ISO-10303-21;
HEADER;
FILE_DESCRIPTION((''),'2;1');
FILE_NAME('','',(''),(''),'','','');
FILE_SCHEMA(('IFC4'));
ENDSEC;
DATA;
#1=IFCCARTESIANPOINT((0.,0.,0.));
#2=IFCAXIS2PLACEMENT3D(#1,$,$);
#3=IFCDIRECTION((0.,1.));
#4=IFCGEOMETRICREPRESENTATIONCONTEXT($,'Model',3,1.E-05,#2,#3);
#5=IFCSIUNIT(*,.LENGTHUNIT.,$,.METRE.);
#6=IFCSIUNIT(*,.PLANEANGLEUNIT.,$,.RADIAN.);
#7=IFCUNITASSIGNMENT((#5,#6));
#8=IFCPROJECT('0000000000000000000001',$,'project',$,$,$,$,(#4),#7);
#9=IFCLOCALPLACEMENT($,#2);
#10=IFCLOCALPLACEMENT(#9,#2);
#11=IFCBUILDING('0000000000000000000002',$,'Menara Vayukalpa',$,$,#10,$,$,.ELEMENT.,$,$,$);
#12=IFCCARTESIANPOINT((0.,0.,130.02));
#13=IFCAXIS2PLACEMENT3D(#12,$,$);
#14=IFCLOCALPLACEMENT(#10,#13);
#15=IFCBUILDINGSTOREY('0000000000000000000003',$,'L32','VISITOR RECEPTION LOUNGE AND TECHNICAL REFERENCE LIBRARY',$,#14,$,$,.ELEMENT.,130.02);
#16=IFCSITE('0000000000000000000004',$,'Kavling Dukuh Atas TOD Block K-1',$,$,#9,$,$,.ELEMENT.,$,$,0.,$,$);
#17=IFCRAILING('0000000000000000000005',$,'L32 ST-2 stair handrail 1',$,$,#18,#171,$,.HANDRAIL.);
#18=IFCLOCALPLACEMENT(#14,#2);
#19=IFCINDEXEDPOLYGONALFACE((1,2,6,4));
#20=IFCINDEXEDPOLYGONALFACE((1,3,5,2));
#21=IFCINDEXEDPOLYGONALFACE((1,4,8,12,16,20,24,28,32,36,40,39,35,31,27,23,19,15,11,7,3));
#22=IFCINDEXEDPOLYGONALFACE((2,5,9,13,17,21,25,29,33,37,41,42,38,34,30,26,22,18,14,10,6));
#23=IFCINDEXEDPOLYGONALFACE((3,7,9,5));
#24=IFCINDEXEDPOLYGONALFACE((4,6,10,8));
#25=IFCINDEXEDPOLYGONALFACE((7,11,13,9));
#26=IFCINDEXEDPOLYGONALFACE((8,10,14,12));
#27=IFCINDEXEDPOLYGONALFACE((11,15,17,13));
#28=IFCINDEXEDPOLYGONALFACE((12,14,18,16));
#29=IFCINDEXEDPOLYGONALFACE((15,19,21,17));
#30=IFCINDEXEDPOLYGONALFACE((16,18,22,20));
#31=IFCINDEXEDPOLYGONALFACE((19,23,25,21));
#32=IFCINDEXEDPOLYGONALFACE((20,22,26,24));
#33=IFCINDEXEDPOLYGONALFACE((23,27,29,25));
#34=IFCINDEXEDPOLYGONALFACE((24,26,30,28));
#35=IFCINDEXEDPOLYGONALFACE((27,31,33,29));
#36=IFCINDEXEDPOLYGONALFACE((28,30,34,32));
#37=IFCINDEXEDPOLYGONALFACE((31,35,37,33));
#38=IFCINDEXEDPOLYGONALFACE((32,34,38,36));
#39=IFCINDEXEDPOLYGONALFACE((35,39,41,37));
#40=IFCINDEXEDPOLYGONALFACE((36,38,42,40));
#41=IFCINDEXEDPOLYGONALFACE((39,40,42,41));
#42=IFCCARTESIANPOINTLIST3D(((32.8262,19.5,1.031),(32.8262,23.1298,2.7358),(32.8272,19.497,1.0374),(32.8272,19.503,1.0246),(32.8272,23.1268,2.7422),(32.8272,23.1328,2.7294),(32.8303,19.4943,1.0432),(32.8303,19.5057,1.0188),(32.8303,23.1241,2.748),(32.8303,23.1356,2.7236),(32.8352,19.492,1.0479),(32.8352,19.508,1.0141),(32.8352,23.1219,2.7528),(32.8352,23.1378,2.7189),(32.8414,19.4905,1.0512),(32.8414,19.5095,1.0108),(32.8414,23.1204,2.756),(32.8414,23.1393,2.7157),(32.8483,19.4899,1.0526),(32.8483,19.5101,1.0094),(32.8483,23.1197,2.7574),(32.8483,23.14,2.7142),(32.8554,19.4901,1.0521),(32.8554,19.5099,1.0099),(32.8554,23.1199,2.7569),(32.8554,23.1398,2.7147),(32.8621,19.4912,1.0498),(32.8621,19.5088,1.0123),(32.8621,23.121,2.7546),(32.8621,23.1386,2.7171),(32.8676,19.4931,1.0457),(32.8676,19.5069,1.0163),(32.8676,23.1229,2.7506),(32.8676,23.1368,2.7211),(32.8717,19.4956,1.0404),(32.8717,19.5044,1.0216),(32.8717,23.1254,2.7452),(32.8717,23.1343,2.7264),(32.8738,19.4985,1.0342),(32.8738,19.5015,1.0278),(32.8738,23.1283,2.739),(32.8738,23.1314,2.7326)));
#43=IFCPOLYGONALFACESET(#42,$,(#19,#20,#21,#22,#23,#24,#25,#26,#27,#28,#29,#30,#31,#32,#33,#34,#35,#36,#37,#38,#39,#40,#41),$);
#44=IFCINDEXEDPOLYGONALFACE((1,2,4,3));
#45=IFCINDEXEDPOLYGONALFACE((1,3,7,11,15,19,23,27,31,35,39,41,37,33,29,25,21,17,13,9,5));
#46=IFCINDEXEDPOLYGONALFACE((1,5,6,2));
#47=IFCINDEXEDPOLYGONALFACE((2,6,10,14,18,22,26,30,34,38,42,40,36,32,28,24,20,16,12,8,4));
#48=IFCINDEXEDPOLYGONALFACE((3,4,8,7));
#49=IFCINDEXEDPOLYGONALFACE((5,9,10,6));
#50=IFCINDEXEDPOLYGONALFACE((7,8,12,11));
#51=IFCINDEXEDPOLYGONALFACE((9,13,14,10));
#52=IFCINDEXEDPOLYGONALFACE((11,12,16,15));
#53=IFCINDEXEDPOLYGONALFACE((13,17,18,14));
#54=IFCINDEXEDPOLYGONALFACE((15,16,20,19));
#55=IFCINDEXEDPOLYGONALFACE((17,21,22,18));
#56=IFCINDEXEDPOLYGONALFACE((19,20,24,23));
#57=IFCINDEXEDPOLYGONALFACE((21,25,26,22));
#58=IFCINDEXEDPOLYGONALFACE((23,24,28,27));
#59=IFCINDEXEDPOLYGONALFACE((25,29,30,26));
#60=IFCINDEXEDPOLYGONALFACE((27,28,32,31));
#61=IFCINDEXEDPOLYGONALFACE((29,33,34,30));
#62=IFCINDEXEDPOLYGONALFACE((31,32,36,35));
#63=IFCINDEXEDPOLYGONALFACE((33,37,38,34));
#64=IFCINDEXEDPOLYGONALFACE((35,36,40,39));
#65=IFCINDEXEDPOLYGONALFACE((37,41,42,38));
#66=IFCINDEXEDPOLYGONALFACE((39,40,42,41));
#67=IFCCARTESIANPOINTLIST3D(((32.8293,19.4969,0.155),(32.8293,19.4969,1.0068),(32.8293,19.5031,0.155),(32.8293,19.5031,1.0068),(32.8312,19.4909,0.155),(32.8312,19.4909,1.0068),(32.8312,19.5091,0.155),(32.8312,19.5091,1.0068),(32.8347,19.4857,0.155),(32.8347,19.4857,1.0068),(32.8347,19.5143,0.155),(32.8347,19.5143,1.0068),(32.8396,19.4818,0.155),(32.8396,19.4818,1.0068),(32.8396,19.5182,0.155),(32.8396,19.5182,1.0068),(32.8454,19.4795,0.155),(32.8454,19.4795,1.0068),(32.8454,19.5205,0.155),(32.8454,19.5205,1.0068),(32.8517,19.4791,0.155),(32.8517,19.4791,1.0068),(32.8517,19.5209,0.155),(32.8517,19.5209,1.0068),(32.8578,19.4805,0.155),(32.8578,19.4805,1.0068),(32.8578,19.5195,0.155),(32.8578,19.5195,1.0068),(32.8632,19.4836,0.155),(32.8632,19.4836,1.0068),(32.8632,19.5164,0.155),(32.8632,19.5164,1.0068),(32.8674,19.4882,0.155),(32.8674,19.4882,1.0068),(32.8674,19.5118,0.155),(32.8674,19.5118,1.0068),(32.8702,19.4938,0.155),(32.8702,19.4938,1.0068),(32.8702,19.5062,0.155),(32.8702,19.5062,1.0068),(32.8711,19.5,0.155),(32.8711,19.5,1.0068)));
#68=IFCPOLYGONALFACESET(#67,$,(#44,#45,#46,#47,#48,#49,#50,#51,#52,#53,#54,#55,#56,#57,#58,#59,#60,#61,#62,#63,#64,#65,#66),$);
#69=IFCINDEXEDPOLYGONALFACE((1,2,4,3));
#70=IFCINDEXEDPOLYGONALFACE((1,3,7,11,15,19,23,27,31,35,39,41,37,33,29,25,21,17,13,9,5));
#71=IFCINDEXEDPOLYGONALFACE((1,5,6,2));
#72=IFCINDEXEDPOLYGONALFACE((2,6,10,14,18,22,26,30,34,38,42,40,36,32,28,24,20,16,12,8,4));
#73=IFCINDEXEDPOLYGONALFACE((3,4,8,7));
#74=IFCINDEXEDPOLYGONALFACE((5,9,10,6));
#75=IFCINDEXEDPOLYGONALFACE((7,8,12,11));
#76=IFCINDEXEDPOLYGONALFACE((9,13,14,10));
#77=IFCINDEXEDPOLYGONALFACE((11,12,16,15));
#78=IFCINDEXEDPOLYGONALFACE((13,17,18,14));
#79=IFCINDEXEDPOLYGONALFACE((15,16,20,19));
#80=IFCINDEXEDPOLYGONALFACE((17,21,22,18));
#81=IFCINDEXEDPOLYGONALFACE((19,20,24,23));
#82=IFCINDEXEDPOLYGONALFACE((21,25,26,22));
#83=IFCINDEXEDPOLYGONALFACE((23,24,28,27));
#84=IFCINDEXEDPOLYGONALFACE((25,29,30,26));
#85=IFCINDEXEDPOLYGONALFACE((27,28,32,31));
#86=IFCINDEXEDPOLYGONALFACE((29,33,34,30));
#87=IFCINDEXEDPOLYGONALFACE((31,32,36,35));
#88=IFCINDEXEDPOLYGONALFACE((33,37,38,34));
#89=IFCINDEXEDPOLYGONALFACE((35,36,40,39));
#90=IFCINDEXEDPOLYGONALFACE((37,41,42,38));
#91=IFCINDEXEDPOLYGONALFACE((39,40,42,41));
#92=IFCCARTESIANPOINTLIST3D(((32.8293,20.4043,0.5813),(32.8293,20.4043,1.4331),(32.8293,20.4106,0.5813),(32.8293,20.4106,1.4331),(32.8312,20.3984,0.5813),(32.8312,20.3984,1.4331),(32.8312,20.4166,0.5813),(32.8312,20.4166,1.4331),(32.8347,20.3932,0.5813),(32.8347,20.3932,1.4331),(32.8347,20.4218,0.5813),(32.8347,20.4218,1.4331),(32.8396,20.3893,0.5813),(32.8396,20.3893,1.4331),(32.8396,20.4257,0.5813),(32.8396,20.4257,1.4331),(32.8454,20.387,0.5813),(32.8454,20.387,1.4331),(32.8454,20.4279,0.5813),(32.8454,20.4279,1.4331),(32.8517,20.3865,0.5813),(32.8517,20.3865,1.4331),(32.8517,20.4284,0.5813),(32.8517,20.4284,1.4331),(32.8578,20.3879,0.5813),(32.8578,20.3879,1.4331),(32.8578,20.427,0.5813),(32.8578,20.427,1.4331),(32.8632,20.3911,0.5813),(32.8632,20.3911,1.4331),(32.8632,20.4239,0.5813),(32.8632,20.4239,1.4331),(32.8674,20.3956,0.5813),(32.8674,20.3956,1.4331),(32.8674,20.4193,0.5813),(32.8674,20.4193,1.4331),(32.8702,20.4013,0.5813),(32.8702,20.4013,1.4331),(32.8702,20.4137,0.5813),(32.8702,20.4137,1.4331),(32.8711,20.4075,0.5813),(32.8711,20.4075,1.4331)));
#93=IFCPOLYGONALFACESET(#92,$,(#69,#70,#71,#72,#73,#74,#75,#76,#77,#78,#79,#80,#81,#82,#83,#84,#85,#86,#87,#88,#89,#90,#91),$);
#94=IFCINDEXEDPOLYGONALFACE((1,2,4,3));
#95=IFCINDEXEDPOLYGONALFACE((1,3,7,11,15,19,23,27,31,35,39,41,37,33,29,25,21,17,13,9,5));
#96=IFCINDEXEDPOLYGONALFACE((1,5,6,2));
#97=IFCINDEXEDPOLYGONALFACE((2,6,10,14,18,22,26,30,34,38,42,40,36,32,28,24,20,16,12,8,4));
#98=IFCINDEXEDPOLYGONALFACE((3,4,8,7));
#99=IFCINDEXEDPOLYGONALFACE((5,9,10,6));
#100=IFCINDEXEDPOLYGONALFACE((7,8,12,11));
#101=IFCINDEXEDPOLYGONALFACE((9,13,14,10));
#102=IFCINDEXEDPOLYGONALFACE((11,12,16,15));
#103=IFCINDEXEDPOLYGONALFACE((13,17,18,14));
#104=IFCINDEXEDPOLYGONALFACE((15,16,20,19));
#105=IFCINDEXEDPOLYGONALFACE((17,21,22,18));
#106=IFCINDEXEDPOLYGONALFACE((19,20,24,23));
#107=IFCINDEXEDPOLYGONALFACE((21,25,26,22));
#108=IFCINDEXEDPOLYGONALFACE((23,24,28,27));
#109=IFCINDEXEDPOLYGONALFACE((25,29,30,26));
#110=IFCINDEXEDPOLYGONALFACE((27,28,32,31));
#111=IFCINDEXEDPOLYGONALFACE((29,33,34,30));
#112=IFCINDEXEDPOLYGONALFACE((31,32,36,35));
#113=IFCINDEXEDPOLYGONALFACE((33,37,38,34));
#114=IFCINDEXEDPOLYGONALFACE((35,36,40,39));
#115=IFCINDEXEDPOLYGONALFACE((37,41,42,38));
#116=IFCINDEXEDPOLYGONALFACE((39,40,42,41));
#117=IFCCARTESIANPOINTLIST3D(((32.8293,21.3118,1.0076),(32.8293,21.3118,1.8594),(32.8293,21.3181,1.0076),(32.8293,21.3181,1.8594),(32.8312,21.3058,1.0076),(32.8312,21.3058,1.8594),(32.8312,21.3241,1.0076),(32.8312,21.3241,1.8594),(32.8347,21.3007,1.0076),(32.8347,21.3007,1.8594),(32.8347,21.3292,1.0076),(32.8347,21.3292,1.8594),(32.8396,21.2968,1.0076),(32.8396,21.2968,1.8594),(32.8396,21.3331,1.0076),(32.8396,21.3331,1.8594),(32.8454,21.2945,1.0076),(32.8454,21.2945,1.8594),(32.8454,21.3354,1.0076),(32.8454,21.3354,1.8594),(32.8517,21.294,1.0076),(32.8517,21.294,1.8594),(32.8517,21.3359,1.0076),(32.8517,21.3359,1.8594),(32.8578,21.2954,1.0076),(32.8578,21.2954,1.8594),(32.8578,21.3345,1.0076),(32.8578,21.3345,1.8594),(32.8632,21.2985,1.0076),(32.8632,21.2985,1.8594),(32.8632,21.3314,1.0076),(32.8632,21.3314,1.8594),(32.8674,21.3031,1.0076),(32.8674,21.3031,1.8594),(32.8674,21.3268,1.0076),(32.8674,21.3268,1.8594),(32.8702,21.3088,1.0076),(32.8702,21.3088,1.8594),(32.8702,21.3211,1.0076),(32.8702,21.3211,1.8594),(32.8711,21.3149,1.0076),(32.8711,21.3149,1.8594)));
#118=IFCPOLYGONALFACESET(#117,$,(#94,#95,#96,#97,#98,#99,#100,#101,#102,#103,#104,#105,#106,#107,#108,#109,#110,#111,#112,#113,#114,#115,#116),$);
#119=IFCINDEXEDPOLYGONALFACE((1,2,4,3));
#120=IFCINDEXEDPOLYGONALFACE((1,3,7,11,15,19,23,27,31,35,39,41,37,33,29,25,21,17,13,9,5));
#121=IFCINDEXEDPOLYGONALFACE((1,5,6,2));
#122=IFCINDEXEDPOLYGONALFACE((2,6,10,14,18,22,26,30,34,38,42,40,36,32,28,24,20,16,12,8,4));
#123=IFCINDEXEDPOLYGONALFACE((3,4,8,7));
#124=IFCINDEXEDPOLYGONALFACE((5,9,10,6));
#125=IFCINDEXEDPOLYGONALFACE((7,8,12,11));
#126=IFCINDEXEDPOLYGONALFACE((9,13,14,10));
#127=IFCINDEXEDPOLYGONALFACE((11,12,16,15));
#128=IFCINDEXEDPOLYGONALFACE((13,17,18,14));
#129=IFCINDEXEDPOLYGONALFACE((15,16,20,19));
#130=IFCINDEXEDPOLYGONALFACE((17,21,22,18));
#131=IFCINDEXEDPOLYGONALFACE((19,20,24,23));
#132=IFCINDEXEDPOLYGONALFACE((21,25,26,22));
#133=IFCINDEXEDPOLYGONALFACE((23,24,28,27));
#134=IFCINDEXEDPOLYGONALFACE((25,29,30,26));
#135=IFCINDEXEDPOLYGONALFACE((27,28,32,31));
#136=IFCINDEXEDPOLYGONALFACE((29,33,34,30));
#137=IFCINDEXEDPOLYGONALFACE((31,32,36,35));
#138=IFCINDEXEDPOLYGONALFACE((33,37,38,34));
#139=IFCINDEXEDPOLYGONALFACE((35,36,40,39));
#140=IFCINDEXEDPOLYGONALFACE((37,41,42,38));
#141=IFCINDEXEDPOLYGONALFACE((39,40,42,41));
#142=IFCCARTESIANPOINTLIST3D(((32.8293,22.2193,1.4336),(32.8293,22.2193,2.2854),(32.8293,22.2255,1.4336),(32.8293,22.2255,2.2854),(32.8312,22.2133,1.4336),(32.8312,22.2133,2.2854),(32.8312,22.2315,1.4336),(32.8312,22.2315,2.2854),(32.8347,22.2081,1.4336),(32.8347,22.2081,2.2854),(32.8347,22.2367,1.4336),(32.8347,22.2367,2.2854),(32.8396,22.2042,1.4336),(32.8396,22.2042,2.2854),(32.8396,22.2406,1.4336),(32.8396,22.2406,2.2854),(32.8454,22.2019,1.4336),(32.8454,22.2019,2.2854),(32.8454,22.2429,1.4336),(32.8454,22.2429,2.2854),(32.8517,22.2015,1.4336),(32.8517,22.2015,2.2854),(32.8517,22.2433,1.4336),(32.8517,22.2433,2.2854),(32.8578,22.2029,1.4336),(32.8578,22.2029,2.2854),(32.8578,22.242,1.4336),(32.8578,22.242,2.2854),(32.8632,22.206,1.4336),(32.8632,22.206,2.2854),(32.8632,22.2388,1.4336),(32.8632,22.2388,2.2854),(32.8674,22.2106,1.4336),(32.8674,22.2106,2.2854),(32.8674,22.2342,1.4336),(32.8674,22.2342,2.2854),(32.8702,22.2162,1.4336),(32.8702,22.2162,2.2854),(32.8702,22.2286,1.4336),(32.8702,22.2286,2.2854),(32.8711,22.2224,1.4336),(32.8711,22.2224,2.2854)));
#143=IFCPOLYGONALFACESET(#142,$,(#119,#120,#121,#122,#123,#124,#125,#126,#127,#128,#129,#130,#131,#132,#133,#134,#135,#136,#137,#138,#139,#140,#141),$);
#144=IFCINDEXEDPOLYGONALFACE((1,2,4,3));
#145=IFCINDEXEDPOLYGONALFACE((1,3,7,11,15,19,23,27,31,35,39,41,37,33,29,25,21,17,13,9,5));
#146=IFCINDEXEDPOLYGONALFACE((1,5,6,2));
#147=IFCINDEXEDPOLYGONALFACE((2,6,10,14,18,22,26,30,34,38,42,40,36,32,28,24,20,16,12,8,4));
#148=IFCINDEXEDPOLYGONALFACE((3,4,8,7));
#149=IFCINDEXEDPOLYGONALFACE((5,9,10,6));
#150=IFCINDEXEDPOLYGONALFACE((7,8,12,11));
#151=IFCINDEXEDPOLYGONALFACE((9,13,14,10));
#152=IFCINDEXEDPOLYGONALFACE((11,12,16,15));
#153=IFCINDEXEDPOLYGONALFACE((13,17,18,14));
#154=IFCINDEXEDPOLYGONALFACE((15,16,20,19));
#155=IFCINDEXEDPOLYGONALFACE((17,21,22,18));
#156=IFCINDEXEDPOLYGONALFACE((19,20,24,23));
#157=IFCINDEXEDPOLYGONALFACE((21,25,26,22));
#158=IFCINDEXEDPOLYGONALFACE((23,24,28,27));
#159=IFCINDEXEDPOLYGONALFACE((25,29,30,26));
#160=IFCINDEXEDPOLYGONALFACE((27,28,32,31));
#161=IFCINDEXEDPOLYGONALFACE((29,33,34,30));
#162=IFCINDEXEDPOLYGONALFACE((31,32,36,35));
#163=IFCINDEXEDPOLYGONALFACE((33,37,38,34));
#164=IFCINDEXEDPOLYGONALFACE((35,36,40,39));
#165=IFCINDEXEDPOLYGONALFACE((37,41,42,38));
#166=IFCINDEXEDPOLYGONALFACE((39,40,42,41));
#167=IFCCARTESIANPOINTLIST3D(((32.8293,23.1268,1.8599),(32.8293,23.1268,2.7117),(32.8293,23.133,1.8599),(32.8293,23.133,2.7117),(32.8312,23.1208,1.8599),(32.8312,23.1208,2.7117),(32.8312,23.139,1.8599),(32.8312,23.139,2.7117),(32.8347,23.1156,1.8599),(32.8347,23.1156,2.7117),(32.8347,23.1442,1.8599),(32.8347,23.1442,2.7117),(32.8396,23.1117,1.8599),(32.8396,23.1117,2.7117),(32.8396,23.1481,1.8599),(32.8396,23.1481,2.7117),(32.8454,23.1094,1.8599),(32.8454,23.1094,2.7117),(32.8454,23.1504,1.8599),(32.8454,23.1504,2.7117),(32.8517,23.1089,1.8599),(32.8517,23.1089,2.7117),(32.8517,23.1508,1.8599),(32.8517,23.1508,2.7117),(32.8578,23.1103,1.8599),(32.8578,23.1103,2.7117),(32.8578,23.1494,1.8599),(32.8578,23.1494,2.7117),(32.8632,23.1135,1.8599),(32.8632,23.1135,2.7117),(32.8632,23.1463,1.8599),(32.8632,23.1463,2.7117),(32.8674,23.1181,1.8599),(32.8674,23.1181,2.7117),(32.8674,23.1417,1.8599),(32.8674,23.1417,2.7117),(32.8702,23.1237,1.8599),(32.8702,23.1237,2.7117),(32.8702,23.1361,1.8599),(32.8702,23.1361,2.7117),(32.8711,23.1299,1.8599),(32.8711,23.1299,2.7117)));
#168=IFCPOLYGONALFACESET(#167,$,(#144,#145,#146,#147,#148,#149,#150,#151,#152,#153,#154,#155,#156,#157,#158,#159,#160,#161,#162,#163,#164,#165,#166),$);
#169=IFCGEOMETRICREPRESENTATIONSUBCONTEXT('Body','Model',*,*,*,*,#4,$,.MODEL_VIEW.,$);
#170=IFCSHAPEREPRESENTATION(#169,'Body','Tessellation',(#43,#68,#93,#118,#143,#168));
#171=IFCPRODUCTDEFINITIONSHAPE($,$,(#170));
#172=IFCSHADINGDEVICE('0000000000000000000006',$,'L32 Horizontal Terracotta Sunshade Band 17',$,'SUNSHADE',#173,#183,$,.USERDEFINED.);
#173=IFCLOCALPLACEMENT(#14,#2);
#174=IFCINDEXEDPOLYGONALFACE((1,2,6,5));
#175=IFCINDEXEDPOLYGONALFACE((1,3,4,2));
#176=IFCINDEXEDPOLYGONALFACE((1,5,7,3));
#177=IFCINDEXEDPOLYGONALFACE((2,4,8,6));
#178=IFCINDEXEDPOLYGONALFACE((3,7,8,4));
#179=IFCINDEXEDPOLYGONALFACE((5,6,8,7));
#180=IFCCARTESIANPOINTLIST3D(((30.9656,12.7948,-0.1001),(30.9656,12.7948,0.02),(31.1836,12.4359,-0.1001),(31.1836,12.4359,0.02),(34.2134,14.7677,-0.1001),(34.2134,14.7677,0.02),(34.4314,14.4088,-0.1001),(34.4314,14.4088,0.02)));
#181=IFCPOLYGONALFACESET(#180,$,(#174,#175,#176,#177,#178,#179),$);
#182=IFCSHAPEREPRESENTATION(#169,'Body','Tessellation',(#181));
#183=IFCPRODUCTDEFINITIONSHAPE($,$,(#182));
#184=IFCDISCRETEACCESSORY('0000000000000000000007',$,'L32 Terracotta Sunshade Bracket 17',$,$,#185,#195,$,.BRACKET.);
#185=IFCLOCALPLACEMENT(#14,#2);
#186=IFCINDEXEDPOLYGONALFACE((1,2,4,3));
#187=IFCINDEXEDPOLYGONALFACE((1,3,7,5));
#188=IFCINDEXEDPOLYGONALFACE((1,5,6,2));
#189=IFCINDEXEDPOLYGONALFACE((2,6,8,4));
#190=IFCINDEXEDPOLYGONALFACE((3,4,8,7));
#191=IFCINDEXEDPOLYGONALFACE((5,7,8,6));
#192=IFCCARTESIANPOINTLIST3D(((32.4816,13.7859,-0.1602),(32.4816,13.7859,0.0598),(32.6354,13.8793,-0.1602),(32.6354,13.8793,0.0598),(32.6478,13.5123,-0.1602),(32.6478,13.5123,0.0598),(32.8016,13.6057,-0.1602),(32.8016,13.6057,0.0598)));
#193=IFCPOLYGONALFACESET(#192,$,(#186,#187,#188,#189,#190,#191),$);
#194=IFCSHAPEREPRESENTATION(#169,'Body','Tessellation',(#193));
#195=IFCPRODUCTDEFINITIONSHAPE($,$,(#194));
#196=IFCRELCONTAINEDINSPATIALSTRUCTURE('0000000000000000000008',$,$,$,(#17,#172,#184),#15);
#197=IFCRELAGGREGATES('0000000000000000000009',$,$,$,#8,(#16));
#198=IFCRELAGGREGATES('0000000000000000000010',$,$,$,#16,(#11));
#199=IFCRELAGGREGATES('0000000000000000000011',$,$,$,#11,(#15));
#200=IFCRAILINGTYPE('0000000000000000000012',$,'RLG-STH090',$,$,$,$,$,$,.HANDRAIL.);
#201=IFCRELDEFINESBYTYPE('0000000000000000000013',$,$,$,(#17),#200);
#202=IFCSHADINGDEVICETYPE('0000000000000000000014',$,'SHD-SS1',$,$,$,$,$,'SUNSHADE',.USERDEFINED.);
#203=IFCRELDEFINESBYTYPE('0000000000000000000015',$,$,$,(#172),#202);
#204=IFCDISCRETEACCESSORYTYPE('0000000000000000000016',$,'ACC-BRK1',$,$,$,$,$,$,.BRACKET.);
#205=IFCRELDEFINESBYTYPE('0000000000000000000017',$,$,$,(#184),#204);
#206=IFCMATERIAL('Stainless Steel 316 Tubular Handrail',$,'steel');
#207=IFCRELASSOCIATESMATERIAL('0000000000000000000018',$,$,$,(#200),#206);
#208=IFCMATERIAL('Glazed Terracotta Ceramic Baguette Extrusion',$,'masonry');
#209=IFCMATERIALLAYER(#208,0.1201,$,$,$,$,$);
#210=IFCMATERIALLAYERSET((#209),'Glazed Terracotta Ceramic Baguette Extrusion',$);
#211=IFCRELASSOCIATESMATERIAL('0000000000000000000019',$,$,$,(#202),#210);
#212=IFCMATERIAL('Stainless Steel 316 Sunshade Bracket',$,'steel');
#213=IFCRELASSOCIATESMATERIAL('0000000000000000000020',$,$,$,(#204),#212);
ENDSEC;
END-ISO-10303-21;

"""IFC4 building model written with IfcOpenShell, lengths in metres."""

from ifc_helpers import new_model, si_unit, direction, frame, origin, origin_2d, place, context, subcontext, project, spatial, rectangle, circle, extrude, material, layer, layer_set, type_object, element, save


model = new_model("IFC4")

# Units and contexts
model_context = context("Model", 3, precision=1e-05, world=origin(), true_north=direction((0.0, 1.0)))
body_context = subcontext(model_context, "Body", "Model", "MODEL_VIEW")
ifc_project = project(units=[si_unit("LENGTHUNIT", "METRE"), si_unit("PLANEANGLEUNIT", "RADIAN")], contexts=[model_context])

# Site, building, storey
site_placement = place(None, origin())
site = spatial("IfcSite", under=ifc_project, at=site_placement, Name="Kavling Dukuh Atas TOD Block K-1", CompositionType="ELEMENT", RefElevation=0.0)
building_placement = place(site_placement, origin())
building = spatial("IfcBuilding", under=site, at=building_placement, Name="Menara Vayukalpa", CompositionType="ELEMENT")
storey_placement = place(building_placement, frame((0.0, 0.0, 130.02)))
storey = spatial("IfcBuildingStorey", under=building, at=storey_placement, Name="L32", Description="VISITOR RECEPTION LOUNGE AND TECHNICAL REFERENCE LIBRARY", CompositionType="ELEMENT", Elevation=130.02)

# Railing
ifc_material_1 = material(Name="Stainless Steel 316 Tubular Handrail", Category="steel")
railing_type_1 = type_object("IfcRailingType", Name="RLG-STH090", PredefinedType="HANDRAIL", material=ifc_material_1)
railing_1_placement = place(storey_placement, frame((32.8501, 19.5, 0.155)))
element("IfcRailing", 1, at=railing_1_placement, inside=storey, type_object=railing_type_1, Name="L32 ST-2 stair handrail 1", PredefinedType="HANDRAIL", context=body_context, shape_type="SweptSolid", body=[
    extrude(circle(Radius=0.0239, at=origin_2d()), frame((0.0, 0.0, 0.876), z_axis=(0.0, 0.90514, 0.425114), x_axis=(-1.0, 0.0, 0.0)), (0.0, 0.0, 1.0), 4.0103),
    extrude(circle(Radius=0.021, at=origin_2d()), origin(), (0.0, 0.0, 1.0), 0.8518),
    extrude(circle(Radius=0.021, at=origin_2d()), frame((0.0, 0.9075, 0.4263)), (0.0, 0.0, 1.0), 0.8518),
    extrude(circle(Radius=0.021, at=origin_2d()), frame((0.0, 1.8149, 0.8525)), (0.0, 0.0, 1.0), 0.8518),
    extrude(circle(Radius=0.021, at=origin_2d()), frame((0.0, 2.7224, 1.2786)), (0.0, 0.0, 1.0), 0.8518),
    extrude(circle(Radius=0.021, at=origin_2d()), frame((0.0, 3.6299, 1.7048)), (0.0, 0.0, 1.0), 0.8518),
])

# Shading device
ifc_material_2 = material(Name="Glazed Terracotta Ceramic Baguette Extrusion", Category="masonry")
ifc_layer_1 = layer(ifc_material_2, 0.1201)
ifc_layer_set_1 = layer_set([ifc_layer_1], Name="Glazed Terracotta Ceramic Baguette Extrusion")
shading_device_type = type_object("IfcShadingDeviceType", Name="SHD-SS1", ElementType="SUNSHADE", PredefinedType="USERDEFINED", material=ifc_layer_set_1)
shading_device_placement = place(storey_placement, frame((32.6985, 13.6018, -0.1001), z_axis=(0.0, 0.0, 1.0), x_axis=(0.854667, 0.519176, 0.0)))
element("IfcShadingDevice", 2, at=shading_device_placement, inside=storey, type_object=shading_device_type, Name="L32 Horizontal Terracotta Sunshade Band 17", ObjectType="SUNSHADE", PredefinedType="USERDEFINED", context=body_context, shape_type="SweptSolid", body=[
    extrude(rectangle(XDim=3.8, YDim=0.4199, at=origin_2d()), origin(), (0.0, 0.0, 1.0), 0.1201),
])

# Discrete accessory
ifc_material_3 = material(Name="Stainless Steel 316 Sunshade Bracket", Category="steel")
discrete_accessory_type = type_object("IfcDiscreteAccessoryType", Name="ACC-BRK1", PredefinedType="BRACKET", material=ifc_material_3)
discrete_accessory_placement = place(storey_placement, frame((32.6416, 13.6958, -0.1602), z_axis=(0.0, 0.0, 1.0), x_axis=(0.854667, 0.519176, 0.0)))
element("IfcDiscreteAccessory", 3, at=discrete_accessory_placement, inside=storey, type_object=discrete_accessory_type, Name="L32 Terracotta Sunshade Bracket 17", PredefinedType="BRACKET", context=body_context, shape_type="SweptSolid", body=[
    extrude(rectangle(XDim=0.1799, YDim=0.3201, at=origin_2d()), origin(), (0.0, 0.0, 1.0), 0.22),
])

save(model, "model.ifc")
